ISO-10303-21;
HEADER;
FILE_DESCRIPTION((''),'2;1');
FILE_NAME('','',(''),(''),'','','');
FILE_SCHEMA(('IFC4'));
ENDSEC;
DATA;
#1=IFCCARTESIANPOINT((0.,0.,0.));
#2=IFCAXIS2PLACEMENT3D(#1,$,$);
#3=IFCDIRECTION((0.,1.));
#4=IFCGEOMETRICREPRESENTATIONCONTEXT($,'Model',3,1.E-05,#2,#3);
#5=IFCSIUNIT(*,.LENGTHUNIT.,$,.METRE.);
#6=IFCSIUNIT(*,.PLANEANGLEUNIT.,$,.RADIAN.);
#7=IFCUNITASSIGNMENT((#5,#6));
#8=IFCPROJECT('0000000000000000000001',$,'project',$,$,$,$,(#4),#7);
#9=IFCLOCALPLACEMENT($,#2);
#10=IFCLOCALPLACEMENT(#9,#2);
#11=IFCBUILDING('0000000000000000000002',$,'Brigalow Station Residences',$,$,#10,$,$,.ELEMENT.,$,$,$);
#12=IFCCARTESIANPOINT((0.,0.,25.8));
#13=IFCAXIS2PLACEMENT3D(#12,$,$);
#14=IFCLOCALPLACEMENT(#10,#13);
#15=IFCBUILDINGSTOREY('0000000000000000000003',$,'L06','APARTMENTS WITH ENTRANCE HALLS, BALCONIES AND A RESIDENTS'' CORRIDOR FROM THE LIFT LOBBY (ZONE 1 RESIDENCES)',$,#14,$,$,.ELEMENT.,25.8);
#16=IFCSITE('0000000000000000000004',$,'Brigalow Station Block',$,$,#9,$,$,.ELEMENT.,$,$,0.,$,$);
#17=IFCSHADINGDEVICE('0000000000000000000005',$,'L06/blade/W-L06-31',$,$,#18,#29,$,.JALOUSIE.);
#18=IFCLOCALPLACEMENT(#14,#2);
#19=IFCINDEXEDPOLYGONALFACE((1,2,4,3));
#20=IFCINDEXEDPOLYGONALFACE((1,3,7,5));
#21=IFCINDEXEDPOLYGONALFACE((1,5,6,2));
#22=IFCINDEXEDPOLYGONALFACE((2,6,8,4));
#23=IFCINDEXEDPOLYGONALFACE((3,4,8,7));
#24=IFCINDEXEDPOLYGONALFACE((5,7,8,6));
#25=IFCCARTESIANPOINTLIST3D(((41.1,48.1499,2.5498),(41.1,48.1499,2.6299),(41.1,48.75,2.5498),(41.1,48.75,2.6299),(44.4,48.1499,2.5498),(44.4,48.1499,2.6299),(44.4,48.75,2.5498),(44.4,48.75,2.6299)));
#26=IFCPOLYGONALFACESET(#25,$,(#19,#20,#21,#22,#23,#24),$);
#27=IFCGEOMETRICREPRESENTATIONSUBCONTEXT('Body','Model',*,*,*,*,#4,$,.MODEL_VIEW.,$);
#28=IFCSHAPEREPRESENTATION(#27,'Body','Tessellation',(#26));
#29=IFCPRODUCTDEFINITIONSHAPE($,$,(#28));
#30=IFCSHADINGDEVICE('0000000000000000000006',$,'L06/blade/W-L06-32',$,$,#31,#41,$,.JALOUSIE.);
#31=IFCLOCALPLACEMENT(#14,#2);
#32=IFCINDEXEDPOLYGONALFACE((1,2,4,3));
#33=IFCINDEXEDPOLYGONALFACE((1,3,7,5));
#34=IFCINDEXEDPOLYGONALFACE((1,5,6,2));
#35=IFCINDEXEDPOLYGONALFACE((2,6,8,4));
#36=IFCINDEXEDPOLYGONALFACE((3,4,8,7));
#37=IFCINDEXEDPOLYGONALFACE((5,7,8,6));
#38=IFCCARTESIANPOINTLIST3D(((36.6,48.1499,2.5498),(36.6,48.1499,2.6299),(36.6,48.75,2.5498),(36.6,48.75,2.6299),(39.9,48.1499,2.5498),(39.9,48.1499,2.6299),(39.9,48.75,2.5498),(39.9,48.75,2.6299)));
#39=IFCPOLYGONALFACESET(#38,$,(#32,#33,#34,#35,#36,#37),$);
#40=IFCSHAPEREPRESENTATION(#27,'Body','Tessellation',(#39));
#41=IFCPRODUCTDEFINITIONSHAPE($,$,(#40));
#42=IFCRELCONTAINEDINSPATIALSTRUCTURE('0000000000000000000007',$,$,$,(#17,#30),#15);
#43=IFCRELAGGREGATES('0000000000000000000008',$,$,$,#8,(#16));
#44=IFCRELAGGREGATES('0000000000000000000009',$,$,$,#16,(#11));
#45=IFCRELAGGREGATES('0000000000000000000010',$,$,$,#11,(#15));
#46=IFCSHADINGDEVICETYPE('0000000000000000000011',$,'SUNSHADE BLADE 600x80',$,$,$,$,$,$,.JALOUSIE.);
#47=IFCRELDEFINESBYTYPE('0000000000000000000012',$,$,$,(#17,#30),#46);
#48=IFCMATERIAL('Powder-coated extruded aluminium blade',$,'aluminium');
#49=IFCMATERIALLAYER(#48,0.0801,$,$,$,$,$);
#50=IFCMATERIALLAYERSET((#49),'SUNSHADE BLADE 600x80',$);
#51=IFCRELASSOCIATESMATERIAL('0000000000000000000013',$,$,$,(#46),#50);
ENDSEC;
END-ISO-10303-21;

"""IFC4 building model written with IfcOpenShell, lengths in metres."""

from ifc_helpers import new_model, si_unit, direction, frame, origin, origin_2d, place, context, subcontext, project, spatial, rectangle, extrude, material, layer, layer_set, type_object, element, save


model = new_model("IFC4")

# Units and contexts
model_context = context("Model", 3, precision=1e-05, world=origin(), true_north=direction((0.0, 1.0)))
body_context = subcontext(model_context, "Body", "Model", "MODEL_VIEW")
ifc_project = project(units=[si_unit("LENGTHUNIT", "METRE"), si_unit("PLANEANGLEUNIT", "RADIAN")], contexts=[model_context])

# Site, building, storey
site_placement = place(None, origin())
site = spatial("IfcSite", under=ifc_project, at=site_placement, Name="Brigalow Station Block", CompositionType="ELEMENT", RefElevation=0.0)
building_placement = place(site_placement, origin())
building = spatial("IfcBuilding", under=site, at=building_placement, Name="Brigalow Station Residences", CompositionType="ELEMENT")
storey_placement = place(building_placement, frame((0.0, 0.0, 25.8)))
storey = spatial("IfcBuildingStorey", under=building, at=storey_placement, Name="L06", Description="APARTMENTS WITH ENTRANCE HALLS, BALCONIES AND A RESIDENTS' CORRIDOR FROM THE LIFT LOBBY (ZONE 1 RESIDENCES)", CompositionType="ELEMENT", Elevation=25.8)

# Shading devices
ifc_material_1 = material(Name="Powder-coated extruded aluminium blade", Category="aluminium")
ifc_layer_1 = layer(ifc_material_1, 0.0801)
ifc_layer_set_1 = layer_set([ifc_layer_1], Name="SUNSHADE BLADE 600x80")
shading_device_type = type_object("IfcShadingDeviceType", Name="SUNSHADE BLADE 600x80", PredefinedType="JALOUSIE", material=ifc_layer_set_1)
for number, where, z_axis, x_axis, name in (
    (1, (42.75, 48.45, 2.5498), (0.0, 0.0, 1.0), (-1.0, 0.0, 0.0), "L06/blade/W-L06-31"),
    (2, (38.25, 48.45, 2.5498), (0.0, 0.0, 1.0), (-1.0, 0.0, 0.0), "L06/blade/W-L06-32"),
):
    element("IfcShadingDevice", number, at=place(storey_placement, frame(where, z_axis=z_axis, x_axis=x_axis)), inside=storey, type_object=shading_device_type, Name=name, PredefinedType="JALOUSIE", context=body_context, shape_type="SweptSolid", body=[
        extrude(rectangle(XDim=3.3, YDim=0.6001, at=origin_2d()), origin(), (0.0, 0.0, 1.0), 0.0801),
    ])

save(model, "model.ifc")
